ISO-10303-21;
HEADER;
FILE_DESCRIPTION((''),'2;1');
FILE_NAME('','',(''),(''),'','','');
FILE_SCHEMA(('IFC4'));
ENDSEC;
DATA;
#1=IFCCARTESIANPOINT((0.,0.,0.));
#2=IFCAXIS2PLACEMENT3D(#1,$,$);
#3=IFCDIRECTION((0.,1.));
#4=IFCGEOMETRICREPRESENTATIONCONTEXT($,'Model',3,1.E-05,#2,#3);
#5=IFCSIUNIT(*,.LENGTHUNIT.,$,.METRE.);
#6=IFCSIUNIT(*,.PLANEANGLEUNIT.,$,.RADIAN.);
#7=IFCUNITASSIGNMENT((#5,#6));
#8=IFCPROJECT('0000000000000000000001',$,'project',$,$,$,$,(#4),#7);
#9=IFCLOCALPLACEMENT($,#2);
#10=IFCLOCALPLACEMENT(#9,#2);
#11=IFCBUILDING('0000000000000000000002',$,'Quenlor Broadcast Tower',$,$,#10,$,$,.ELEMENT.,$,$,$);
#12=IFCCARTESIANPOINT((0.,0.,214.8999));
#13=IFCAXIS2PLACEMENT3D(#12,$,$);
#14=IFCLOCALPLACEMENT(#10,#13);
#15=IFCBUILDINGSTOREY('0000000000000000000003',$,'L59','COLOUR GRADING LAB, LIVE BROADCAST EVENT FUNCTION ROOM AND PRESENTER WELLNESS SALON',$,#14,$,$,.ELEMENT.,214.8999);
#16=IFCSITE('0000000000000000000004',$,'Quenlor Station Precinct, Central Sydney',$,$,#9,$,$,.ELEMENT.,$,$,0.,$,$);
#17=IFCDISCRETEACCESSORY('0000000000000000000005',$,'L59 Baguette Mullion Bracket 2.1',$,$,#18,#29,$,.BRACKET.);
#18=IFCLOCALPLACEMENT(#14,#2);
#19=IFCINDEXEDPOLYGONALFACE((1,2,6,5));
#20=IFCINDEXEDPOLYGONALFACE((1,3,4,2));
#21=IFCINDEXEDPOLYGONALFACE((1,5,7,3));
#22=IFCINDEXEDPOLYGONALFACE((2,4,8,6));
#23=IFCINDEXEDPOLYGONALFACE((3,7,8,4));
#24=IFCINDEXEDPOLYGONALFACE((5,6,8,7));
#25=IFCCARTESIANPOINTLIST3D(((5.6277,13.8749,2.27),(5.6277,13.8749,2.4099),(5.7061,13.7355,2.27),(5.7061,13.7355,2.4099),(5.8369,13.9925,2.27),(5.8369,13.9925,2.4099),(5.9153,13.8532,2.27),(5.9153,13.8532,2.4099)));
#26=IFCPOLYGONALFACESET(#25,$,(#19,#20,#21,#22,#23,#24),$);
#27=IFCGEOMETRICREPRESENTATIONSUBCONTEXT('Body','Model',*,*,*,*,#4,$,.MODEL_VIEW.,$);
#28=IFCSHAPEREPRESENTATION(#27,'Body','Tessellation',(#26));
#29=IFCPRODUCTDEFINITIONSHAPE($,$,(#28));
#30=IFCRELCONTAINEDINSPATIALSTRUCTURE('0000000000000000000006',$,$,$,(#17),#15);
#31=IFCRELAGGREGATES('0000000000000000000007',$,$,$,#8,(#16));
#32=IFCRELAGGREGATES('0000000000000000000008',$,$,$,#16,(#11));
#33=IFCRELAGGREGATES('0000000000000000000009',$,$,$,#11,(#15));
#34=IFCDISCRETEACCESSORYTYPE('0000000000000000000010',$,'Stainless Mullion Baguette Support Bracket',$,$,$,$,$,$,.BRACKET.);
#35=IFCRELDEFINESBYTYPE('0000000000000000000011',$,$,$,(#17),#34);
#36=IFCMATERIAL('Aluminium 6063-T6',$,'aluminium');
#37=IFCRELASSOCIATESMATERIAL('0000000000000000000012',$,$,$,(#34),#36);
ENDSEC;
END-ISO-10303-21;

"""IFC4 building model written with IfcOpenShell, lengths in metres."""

from ifc_helpers import new_model, si_unit, direction, frame, origin, origin_2d, place, context, subcontext, project, spatial, rectangle, extrude, material, type_object, element, save


model = new_model("IFC4")

# Units and contexts
model_context = context("Model", 3, precision=1e-05, world=origin(), true_north=direction((0.0, 1.0)))
body_context = subcontext(model_context, "Body", "Model", "MODEL_VIEW")
ifc_project = project(units=[si_unit("LENGTHUNIT", "METRE"), si_unit("PLANEANGLEUNIT", "RADIAN")], contexts=[model_context])

# Site, building, storey
site_placement = place(None, origin())
site = spatial("IfcSite", under=ifc_project, at=site_placement, Name="Quenlor Station Precinct, Central Sydney", CompositionType="ELEMENT", RefElevation=0.0)
building_placement = place(site_placement, origin())
building = spatial("IfcBuilding", under=site, at=building_placement, Name="Quenlor Broadcast Tower", CompositionType="ELEMENT")
storey_placement = place(building_placement, frame((0.0, 0.0, 214.8999)))
storey = spatial("IfcBuildingStorey", under=building, at=storey_placement, Name="L59", Description="COLOUR GRADING LAB, LIVE BROADCAST EVENT FUNCTION ROOM AND PRESENTER WELLNESS SALON", CompositionType="ELEMENT", Elevation=214.8999)

# Discrete accessory
ifc_material_1 = material(Name="Aluminium 6063-T6", Category="aluminium")
discrete_accessory_type = type_object("IfcDiscreteAccessoryType", Name="Stainless Mullion Baguette Support Bracket", PredefinedType="BRACKET", material=ifc_material_1)
for number, where, z_axis, x_axis, name in (
    (1, (5.7715, 13.864, 2.27), (0.0, 0.0, 1.0), (0.49026, -0.871576, 0.0), "L59 Baguette Mullion Bracket 2.1"),
):
    element("IfcDiscreteAccessory", number, at=place(storey_placement, frame(where, z_axis=z_axis, x_axis=x_axis)), inside=storey, type_object=discrete_accessory_type, Name=name, PredefinedType="BRACKET", context=body_context, shape_type="SweptSolid", body=[
        extrude(rectangle(XDim=0.1599, YDim=0.24, at=origin_2d()), origin(), (0.0, 0.0, 1.0), 0.1399),
    ])

save(model, "model.ifc")
